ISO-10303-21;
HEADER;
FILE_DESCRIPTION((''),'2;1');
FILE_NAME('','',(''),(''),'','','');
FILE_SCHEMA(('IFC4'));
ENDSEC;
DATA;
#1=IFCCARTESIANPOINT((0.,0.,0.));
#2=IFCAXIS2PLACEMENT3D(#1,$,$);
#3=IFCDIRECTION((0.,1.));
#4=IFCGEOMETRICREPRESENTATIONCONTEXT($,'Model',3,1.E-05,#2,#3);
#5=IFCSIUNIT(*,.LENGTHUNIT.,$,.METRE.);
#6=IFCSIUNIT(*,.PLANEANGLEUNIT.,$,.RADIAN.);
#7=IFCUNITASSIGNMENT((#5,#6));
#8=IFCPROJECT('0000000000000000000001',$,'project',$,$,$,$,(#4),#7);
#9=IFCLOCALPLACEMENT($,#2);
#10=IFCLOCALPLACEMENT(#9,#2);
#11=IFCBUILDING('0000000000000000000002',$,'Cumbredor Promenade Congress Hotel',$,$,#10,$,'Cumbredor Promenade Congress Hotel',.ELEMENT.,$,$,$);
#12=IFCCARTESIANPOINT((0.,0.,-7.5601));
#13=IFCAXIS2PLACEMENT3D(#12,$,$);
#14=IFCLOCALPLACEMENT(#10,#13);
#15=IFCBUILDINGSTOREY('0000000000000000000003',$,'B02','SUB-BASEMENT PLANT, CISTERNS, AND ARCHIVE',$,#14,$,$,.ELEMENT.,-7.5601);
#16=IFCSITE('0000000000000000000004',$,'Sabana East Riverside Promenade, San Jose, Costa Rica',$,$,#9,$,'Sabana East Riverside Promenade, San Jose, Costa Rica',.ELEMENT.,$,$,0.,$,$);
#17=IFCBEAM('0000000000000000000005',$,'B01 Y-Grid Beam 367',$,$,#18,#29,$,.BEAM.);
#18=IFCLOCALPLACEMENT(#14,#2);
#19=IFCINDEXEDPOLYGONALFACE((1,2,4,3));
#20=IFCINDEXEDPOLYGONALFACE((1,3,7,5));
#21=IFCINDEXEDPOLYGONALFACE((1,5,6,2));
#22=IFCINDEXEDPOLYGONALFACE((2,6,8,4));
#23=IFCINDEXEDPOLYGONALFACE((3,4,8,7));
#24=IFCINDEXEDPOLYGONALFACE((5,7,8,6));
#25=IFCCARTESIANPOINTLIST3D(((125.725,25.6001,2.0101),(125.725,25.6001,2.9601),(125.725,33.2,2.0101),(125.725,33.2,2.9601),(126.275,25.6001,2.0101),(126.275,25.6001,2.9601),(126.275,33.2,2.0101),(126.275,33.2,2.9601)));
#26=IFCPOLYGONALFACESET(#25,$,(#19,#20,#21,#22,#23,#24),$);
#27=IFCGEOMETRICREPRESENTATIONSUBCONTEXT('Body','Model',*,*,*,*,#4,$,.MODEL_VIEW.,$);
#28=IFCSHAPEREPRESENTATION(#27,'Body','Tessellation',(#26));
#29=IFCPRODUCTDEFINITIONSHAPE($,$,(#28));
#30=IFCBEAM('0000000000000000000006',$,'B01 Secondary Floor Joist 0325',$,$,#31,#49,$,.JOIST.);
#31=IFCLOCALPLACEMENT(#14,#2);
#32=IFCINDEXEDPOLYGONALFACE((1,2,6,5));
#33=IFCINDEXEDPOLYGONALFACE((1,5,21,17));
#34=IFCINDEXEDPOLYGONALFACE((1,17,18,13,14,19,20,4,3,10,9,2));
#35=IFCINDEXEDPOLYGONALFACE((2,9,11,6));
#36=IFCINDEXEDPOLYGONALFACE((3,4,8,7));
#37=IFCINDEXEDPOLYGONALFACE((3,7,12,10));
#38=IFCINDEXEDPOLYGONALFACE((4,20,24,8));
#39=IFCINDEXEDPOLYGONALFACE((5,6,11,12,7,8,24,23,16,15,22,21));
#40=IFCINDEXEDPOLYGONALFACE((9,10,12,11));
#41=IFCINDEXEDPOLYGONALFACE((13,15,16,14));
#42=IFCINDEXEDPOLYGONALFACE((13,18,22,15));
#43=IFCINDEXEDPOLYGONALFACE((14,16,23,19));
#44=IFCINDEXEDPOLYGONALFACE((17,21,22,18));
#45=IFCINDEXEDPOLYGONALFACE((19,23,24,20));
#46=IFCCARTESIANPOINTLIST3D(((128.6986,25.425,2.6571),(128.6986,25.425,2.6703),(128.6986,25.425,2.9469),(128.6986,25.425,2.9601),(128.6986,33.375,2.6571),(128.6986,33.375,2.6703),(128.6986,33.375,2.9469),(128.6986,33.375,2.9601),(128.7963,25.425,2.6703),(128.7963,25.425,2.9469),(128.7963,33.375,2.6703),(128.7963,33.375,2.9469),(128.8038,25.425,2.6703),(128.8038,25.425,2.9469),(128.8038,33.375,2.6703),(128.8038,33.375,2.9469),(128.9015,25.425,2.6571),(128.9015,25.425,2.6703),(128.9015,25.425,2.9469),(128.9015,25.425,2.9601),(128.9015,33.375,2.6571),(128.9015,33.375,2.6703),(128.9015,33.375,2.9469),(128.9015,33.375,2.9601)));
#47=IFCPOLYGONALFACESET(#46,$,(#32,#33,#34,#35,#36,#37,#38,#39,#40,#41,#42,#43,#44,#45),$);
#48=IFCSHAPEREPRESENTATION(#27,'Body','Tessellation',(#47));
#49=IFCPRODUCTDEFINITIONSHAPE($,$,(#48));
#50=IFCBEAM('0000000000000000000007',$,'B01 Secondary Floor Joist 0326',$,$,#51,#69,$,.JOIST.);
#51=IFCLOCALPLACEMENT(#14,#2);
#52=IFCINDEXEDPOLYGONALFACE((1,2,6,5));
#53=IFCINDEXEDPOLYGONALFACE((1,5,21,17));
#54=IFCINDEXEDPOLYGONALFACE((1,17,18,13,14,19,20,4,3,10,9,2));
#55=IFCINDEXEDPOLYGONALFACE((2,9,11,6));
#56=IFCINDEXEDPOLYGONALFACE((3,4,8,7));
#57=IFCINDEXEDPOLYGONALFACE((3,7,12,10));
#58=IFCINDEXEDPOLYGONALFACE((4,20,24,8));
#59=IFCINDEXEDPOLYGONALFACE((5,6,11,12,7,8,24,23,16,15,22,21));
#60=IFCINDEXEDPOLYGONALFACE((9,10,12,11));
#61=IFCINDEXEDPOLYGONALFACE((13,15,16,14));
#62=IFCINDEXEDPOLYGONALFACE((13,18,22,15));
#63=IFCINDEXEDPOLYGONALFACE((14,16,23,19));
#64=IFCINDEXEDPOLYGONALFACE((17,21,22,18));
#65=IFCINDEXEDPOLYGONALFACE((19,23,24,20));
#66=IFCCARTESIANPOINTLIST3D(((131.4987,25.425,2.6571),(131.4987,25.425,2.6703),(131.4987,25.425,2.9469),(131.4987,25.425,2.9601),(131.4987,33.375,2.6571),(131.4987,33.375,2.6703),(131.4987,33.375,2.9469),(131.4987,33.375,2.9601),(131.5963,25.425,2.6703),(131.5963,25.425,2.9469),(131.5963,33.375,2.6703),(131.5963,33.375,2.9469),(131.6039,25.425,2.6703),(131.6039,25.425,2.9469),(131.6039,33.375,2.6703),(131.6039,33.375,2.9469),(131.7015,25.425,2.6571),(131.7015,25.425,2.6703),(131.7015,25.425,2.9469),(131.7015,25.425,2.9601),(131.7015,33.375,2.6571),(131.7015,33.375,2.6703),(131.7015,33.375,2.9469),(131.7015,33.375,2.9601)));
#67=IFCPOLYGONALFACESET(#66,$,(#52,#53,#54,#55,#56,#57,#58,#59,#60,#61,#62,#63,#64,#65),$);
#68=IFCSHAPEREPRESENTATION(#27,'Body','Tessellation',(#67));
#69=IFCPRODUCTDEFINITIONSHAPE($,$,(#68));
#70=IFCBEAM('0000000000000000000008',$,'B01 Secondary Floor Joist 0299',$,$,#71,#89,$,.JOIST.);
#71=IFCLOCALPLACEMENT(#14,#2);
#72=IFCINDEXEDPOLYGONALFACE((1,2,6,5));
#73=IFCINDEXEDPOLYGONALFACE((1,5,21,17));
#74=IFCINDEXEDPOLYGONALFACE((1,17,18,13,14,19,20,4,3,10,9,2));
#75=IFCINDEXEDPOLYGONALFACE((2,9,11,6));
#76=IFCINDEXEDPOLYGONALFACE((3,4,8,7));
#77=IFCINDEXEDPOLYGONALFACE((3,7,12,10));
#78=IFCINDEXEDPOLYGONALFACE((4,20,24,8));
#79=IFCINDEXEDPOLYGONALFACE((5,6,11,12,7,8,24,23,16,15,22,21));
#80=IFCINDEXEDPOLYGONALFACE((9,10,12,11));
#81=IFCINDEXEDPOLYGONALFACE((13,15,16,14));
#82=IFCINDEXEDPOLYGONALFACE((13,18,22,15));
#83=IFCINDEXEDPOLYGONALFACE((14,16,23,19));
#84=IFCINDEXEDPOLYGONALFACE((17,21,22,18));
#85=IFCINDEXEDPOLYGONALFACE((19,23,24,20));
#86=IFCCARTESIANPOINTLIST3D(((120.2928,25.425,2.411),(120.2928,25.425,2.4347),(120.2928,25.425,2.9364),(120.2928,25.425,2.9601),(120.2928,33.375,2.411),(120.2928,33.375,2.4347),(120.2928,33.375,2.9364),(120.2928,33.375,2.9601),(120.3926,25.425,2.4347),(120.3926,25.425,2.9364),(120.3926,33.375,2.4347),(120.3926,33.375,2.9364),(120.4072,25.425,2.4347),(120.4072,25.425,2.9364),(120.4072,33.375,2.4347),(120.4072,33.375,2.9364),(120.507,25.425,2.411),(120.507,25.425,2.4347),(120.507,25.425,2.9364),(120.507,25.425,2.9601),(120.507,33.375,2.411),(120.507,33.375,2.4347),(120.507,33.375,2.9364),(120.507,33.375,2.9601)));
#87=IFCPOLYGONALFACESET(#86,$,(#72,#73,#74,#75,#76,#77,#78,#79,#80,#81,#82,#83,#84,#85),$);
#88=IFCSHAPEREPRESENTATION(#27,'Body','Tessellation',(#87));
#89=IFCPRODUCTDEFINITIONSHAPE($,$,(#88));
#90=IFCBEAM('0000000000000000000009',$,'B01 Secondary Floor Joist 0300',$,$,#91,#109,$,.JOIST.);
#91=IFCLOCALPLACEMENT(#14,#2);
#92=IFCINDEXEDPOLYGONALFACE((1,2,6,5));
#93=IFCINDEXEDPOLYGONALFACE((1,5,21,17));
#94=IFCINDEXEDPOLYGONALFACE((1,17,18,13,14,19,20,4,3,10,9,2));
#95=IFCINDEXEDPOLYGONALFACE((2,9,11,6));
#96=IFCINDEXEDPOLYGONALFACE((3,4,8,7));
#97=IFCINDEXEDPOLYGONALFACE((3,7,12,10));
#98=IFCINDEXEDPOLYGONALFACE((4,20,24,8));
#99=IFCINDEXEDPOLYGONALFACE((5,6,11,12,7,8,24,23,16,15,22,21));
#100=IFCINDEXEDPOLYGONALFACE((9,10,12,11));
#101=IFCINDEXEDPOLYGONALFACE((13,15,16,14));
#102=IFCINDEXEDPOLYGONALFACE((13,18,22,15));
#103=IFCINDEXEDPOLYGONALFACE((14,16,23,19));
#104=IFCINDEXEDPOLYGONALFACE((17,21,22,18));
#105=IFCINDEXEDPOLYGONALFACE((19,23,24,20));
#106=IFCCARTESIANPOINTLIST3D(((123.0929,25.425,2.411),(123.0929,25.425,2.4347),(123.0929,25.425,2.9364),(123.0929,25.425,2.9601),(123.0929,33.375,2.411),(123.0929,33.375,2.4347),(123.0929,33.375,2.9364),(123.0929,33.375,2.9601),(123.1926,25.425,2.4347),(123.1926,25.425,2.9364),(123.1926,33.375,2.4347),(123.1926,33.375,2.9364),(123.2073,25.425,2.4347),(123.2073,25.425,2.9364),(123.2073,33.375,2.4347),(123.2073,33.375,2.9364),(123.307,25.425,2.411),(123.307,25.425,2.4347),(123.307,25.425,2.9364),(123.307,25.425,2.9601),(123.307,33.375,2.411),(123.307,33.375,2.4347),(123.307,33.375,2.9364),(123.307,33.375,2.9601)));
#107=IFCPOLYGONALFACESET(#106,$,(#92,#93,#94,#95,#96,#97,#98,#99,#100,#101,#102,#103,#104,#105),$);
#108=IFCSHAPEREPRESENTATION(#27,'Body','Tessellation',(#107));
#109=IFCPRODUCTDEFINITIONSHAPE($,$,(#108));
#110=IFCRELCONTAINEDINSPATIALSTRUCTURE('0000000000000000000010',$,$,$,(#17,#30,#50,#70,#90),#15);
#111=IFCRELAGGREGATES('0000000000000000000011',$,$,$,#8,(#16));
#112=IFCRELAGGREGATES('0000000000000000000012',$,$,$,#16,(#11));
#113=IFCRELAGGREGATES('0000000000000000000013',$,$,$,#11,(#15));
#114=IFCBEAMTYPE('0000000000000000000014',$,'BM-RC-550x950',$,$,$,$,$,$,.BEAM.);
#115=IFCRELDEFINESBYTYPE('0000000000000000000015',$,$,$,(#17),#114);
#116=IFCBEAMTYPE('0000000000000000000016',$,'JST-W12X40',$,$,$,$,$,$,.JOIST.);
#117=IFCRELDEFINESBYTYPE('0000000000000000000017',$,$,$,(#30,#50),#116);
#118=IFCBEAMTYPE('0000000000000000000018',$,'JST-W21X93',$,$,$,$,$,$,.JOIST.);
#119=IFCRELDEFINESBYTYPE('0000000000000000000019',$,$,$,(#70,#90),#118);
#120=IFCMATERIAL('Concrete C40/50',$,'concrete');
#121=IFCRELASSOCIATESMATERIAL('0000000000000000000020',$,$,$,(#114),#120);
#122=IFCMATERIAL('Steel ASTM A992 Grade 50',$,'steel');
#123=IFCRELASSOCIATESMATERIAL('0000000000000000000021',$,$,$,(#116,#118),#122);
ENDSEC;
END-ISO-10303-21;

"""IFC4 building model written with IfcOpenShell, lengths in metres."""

from ifc_helpers import new_model, si_unit, direction, frame, origin, origin_2d, place, context, subcontext, project, spatial, rectangle, i_section, extrude, material, material_profile, profile_set, type_object, element, save


model = new_model("IFC4")

# Units and contexts
model_context = context("Model", 3, precision=1e-05, world=origin(), true_north=direction((0.0, 1.0)))
body_context = subcontext(model_context, "Body", "Model", "MODEL_VIEW")
ifc_project = project(units=[si_unit("LENGTHUNIT", "METRE"), si_unit("PLANEANGLEUNIT", "RADIAN")], contexts=[model_context])

# Site, building, storey
site_placement = place(None, origin())
site = spatial("IfcSite", under=ifc_project, at=site_placement, Name="Sabana East Riverside Promenade, San Jose, Costa Rica", LongName="Sabana East Riverside Promenade, San Jose, Costa Rica", CompositionType="ELEMENT", RefElevation=0.0)
building_placement = place(site_placement, origin())
building = spatial("IfcBuilding", under=site, at=building_placement, Name="Cumbredor Promenade Congress Hotel", LongName="Cumbredor Promenade Congress Hotel", CompositionType="ELEMENT")
storey_placement = place(building_placement, frame((0.0, 0.0, -7.5601)))
storey = spatial("IfcBuildingStorey", under=building, at=storey_placement, Name="B02", Description="SUB-BASEMENT PLANT, CISTERNS, AND ARCHIVE", CompositionType="ELEMENT", Elevation=-7.5601)

# Shared definitions
ifc_material_1 = material(Name="Concrete C40/50", Category="concrete")

# Beams
ifc_material_profile_1 = material_profile(ifc_material_1, rectangle(XDim=0.55, YDim=0.95, at=origin_2d()), Name="RC BEAM 550x950")
ifc_profile_set_1 = profile_set([ifc_material_profile_1], Name="Concrete C40/50")
beam_type_1 = type_object("IfcBeamType", Name="BM-RC-550x950", PredefinedType="BEAM", material=ifc_profile_set_1)
beam_placement = place(storey_placement, frame((126.0, 25.6001, 2.4851), z_axis=(0.0, 1.0, 0.0), x_axis=(-1.0, 0.0, 0.0)))
element("IfcBeam", 1, at=beam_placement, inside=storey, type_object=beam_type_1, Name="B01 Y-Grid Beam 367", PredefinedType="BEAM", context=body_context, shape_type="SweptSolid", body=[
    extrude(rectangle(XDim=0.55, YDim=0.95, at=origin_2d()), origin(), (0.0, 0.0, 1.0), 7.5999),
])
ifc_material_2 = material(Name="Steel ASTM A992 Grade 50", Category="steel")
ifc_material_profile_2 = material_profile(ifc_material_2, i_section(OverallWidth=0.2029, OverallDepth=0.303, WebThickness=0.0076, FlangeThickness=0.0132, at=origin_2d()), Name="W12X40")
ifc_profile_set_2 = profile_set([ifc_material_profile_2], Name="Steel ASTM A992 Grade 50")
beam_type_2 = type_object("IfcBeamType", Name="JST-W12X40", PredefinedType="JOIST", material=ifc_profile_set_2)
for number, where, z_axis, x_axis, name in (
    (2, (128.8, 25.425, 2.8086), (0.0, 1.0, 0.0), (-1.0, 0.0, 0.0), "B01 Secondary Floor Joist 0325"),
    (3, (131.6001, 25.425, 2.8086), (0.0, 1.0, 0.0), (-1.0, 0.0, 0.0), "B01 Secondary Floor Joist 0326"),
):
    element("IfcBeam", number, at=place(storey_placement, frame(where, z_axis=z_axis, x_axis=x_axis)), inside=storey, type_object=beam_type_2, Name=name, PredefinedType="JOIST", context=body_context, shape_type="SweptSolid", body=[
        extrude(i_section(OverallWidth=0.2029, OverallDepth=0.303, WebThickness=0.0076, FlangeThickness=0.0132, at=origin_2d()), origin(), (0.0, 0.0, 1.0), 7.95),
    ])
ifc_material_profile_3 = material_profile(ifc_material_2, i_section(OverallWidth=0.2141, OverallDepth=0.5491, WebThickness=0.0146, FlangeThickness=0.0237, at=origin_2d()), Name="W21X93")
ifc_profile_set_3 = profile_set([ifc_material_profile_3], Name="Steel ASTM A992 Grade 50")
beam_type_3 = type_object("IfcBeamType", Name="JST-W21X93", PredefinedType="JOIST", material=ifc_profile_set_3)
for number, where, z_axis, x_axis, name in (
    (4, (120.3999, 25.425, 2.6855), (0.0, 1.0, 0.0), (-1.0, 0.0, 0.0), "B01 Secondary Floor Joist 0299"),
    (5, (123.2, 25.425, 2.6855), (0.0, 1.0, 0.0), (-1.0, 0.0, 0.0), "B01 Secondary Floor Joist 0300"),
):
    element("IfcBeam", number, at=place(storey_placement, frame(where, z_axis=z_axis, x_axis=x_axis)), inside=storey, type_object=beam_type_3, Name=name, PredefinedType="JOIST", context=body_context, shape_type="SweptSolid", body=[
        extrude(i_section(OverallWidth=0.2141, OverallDepth=0.5491, WebThickness=0.0146, FlangeThickness=0.0237, at=origin_2d()), origin(), (0.0, 0.0, 1.0), 7.95),
    ])

save(model, "model.ifc")
